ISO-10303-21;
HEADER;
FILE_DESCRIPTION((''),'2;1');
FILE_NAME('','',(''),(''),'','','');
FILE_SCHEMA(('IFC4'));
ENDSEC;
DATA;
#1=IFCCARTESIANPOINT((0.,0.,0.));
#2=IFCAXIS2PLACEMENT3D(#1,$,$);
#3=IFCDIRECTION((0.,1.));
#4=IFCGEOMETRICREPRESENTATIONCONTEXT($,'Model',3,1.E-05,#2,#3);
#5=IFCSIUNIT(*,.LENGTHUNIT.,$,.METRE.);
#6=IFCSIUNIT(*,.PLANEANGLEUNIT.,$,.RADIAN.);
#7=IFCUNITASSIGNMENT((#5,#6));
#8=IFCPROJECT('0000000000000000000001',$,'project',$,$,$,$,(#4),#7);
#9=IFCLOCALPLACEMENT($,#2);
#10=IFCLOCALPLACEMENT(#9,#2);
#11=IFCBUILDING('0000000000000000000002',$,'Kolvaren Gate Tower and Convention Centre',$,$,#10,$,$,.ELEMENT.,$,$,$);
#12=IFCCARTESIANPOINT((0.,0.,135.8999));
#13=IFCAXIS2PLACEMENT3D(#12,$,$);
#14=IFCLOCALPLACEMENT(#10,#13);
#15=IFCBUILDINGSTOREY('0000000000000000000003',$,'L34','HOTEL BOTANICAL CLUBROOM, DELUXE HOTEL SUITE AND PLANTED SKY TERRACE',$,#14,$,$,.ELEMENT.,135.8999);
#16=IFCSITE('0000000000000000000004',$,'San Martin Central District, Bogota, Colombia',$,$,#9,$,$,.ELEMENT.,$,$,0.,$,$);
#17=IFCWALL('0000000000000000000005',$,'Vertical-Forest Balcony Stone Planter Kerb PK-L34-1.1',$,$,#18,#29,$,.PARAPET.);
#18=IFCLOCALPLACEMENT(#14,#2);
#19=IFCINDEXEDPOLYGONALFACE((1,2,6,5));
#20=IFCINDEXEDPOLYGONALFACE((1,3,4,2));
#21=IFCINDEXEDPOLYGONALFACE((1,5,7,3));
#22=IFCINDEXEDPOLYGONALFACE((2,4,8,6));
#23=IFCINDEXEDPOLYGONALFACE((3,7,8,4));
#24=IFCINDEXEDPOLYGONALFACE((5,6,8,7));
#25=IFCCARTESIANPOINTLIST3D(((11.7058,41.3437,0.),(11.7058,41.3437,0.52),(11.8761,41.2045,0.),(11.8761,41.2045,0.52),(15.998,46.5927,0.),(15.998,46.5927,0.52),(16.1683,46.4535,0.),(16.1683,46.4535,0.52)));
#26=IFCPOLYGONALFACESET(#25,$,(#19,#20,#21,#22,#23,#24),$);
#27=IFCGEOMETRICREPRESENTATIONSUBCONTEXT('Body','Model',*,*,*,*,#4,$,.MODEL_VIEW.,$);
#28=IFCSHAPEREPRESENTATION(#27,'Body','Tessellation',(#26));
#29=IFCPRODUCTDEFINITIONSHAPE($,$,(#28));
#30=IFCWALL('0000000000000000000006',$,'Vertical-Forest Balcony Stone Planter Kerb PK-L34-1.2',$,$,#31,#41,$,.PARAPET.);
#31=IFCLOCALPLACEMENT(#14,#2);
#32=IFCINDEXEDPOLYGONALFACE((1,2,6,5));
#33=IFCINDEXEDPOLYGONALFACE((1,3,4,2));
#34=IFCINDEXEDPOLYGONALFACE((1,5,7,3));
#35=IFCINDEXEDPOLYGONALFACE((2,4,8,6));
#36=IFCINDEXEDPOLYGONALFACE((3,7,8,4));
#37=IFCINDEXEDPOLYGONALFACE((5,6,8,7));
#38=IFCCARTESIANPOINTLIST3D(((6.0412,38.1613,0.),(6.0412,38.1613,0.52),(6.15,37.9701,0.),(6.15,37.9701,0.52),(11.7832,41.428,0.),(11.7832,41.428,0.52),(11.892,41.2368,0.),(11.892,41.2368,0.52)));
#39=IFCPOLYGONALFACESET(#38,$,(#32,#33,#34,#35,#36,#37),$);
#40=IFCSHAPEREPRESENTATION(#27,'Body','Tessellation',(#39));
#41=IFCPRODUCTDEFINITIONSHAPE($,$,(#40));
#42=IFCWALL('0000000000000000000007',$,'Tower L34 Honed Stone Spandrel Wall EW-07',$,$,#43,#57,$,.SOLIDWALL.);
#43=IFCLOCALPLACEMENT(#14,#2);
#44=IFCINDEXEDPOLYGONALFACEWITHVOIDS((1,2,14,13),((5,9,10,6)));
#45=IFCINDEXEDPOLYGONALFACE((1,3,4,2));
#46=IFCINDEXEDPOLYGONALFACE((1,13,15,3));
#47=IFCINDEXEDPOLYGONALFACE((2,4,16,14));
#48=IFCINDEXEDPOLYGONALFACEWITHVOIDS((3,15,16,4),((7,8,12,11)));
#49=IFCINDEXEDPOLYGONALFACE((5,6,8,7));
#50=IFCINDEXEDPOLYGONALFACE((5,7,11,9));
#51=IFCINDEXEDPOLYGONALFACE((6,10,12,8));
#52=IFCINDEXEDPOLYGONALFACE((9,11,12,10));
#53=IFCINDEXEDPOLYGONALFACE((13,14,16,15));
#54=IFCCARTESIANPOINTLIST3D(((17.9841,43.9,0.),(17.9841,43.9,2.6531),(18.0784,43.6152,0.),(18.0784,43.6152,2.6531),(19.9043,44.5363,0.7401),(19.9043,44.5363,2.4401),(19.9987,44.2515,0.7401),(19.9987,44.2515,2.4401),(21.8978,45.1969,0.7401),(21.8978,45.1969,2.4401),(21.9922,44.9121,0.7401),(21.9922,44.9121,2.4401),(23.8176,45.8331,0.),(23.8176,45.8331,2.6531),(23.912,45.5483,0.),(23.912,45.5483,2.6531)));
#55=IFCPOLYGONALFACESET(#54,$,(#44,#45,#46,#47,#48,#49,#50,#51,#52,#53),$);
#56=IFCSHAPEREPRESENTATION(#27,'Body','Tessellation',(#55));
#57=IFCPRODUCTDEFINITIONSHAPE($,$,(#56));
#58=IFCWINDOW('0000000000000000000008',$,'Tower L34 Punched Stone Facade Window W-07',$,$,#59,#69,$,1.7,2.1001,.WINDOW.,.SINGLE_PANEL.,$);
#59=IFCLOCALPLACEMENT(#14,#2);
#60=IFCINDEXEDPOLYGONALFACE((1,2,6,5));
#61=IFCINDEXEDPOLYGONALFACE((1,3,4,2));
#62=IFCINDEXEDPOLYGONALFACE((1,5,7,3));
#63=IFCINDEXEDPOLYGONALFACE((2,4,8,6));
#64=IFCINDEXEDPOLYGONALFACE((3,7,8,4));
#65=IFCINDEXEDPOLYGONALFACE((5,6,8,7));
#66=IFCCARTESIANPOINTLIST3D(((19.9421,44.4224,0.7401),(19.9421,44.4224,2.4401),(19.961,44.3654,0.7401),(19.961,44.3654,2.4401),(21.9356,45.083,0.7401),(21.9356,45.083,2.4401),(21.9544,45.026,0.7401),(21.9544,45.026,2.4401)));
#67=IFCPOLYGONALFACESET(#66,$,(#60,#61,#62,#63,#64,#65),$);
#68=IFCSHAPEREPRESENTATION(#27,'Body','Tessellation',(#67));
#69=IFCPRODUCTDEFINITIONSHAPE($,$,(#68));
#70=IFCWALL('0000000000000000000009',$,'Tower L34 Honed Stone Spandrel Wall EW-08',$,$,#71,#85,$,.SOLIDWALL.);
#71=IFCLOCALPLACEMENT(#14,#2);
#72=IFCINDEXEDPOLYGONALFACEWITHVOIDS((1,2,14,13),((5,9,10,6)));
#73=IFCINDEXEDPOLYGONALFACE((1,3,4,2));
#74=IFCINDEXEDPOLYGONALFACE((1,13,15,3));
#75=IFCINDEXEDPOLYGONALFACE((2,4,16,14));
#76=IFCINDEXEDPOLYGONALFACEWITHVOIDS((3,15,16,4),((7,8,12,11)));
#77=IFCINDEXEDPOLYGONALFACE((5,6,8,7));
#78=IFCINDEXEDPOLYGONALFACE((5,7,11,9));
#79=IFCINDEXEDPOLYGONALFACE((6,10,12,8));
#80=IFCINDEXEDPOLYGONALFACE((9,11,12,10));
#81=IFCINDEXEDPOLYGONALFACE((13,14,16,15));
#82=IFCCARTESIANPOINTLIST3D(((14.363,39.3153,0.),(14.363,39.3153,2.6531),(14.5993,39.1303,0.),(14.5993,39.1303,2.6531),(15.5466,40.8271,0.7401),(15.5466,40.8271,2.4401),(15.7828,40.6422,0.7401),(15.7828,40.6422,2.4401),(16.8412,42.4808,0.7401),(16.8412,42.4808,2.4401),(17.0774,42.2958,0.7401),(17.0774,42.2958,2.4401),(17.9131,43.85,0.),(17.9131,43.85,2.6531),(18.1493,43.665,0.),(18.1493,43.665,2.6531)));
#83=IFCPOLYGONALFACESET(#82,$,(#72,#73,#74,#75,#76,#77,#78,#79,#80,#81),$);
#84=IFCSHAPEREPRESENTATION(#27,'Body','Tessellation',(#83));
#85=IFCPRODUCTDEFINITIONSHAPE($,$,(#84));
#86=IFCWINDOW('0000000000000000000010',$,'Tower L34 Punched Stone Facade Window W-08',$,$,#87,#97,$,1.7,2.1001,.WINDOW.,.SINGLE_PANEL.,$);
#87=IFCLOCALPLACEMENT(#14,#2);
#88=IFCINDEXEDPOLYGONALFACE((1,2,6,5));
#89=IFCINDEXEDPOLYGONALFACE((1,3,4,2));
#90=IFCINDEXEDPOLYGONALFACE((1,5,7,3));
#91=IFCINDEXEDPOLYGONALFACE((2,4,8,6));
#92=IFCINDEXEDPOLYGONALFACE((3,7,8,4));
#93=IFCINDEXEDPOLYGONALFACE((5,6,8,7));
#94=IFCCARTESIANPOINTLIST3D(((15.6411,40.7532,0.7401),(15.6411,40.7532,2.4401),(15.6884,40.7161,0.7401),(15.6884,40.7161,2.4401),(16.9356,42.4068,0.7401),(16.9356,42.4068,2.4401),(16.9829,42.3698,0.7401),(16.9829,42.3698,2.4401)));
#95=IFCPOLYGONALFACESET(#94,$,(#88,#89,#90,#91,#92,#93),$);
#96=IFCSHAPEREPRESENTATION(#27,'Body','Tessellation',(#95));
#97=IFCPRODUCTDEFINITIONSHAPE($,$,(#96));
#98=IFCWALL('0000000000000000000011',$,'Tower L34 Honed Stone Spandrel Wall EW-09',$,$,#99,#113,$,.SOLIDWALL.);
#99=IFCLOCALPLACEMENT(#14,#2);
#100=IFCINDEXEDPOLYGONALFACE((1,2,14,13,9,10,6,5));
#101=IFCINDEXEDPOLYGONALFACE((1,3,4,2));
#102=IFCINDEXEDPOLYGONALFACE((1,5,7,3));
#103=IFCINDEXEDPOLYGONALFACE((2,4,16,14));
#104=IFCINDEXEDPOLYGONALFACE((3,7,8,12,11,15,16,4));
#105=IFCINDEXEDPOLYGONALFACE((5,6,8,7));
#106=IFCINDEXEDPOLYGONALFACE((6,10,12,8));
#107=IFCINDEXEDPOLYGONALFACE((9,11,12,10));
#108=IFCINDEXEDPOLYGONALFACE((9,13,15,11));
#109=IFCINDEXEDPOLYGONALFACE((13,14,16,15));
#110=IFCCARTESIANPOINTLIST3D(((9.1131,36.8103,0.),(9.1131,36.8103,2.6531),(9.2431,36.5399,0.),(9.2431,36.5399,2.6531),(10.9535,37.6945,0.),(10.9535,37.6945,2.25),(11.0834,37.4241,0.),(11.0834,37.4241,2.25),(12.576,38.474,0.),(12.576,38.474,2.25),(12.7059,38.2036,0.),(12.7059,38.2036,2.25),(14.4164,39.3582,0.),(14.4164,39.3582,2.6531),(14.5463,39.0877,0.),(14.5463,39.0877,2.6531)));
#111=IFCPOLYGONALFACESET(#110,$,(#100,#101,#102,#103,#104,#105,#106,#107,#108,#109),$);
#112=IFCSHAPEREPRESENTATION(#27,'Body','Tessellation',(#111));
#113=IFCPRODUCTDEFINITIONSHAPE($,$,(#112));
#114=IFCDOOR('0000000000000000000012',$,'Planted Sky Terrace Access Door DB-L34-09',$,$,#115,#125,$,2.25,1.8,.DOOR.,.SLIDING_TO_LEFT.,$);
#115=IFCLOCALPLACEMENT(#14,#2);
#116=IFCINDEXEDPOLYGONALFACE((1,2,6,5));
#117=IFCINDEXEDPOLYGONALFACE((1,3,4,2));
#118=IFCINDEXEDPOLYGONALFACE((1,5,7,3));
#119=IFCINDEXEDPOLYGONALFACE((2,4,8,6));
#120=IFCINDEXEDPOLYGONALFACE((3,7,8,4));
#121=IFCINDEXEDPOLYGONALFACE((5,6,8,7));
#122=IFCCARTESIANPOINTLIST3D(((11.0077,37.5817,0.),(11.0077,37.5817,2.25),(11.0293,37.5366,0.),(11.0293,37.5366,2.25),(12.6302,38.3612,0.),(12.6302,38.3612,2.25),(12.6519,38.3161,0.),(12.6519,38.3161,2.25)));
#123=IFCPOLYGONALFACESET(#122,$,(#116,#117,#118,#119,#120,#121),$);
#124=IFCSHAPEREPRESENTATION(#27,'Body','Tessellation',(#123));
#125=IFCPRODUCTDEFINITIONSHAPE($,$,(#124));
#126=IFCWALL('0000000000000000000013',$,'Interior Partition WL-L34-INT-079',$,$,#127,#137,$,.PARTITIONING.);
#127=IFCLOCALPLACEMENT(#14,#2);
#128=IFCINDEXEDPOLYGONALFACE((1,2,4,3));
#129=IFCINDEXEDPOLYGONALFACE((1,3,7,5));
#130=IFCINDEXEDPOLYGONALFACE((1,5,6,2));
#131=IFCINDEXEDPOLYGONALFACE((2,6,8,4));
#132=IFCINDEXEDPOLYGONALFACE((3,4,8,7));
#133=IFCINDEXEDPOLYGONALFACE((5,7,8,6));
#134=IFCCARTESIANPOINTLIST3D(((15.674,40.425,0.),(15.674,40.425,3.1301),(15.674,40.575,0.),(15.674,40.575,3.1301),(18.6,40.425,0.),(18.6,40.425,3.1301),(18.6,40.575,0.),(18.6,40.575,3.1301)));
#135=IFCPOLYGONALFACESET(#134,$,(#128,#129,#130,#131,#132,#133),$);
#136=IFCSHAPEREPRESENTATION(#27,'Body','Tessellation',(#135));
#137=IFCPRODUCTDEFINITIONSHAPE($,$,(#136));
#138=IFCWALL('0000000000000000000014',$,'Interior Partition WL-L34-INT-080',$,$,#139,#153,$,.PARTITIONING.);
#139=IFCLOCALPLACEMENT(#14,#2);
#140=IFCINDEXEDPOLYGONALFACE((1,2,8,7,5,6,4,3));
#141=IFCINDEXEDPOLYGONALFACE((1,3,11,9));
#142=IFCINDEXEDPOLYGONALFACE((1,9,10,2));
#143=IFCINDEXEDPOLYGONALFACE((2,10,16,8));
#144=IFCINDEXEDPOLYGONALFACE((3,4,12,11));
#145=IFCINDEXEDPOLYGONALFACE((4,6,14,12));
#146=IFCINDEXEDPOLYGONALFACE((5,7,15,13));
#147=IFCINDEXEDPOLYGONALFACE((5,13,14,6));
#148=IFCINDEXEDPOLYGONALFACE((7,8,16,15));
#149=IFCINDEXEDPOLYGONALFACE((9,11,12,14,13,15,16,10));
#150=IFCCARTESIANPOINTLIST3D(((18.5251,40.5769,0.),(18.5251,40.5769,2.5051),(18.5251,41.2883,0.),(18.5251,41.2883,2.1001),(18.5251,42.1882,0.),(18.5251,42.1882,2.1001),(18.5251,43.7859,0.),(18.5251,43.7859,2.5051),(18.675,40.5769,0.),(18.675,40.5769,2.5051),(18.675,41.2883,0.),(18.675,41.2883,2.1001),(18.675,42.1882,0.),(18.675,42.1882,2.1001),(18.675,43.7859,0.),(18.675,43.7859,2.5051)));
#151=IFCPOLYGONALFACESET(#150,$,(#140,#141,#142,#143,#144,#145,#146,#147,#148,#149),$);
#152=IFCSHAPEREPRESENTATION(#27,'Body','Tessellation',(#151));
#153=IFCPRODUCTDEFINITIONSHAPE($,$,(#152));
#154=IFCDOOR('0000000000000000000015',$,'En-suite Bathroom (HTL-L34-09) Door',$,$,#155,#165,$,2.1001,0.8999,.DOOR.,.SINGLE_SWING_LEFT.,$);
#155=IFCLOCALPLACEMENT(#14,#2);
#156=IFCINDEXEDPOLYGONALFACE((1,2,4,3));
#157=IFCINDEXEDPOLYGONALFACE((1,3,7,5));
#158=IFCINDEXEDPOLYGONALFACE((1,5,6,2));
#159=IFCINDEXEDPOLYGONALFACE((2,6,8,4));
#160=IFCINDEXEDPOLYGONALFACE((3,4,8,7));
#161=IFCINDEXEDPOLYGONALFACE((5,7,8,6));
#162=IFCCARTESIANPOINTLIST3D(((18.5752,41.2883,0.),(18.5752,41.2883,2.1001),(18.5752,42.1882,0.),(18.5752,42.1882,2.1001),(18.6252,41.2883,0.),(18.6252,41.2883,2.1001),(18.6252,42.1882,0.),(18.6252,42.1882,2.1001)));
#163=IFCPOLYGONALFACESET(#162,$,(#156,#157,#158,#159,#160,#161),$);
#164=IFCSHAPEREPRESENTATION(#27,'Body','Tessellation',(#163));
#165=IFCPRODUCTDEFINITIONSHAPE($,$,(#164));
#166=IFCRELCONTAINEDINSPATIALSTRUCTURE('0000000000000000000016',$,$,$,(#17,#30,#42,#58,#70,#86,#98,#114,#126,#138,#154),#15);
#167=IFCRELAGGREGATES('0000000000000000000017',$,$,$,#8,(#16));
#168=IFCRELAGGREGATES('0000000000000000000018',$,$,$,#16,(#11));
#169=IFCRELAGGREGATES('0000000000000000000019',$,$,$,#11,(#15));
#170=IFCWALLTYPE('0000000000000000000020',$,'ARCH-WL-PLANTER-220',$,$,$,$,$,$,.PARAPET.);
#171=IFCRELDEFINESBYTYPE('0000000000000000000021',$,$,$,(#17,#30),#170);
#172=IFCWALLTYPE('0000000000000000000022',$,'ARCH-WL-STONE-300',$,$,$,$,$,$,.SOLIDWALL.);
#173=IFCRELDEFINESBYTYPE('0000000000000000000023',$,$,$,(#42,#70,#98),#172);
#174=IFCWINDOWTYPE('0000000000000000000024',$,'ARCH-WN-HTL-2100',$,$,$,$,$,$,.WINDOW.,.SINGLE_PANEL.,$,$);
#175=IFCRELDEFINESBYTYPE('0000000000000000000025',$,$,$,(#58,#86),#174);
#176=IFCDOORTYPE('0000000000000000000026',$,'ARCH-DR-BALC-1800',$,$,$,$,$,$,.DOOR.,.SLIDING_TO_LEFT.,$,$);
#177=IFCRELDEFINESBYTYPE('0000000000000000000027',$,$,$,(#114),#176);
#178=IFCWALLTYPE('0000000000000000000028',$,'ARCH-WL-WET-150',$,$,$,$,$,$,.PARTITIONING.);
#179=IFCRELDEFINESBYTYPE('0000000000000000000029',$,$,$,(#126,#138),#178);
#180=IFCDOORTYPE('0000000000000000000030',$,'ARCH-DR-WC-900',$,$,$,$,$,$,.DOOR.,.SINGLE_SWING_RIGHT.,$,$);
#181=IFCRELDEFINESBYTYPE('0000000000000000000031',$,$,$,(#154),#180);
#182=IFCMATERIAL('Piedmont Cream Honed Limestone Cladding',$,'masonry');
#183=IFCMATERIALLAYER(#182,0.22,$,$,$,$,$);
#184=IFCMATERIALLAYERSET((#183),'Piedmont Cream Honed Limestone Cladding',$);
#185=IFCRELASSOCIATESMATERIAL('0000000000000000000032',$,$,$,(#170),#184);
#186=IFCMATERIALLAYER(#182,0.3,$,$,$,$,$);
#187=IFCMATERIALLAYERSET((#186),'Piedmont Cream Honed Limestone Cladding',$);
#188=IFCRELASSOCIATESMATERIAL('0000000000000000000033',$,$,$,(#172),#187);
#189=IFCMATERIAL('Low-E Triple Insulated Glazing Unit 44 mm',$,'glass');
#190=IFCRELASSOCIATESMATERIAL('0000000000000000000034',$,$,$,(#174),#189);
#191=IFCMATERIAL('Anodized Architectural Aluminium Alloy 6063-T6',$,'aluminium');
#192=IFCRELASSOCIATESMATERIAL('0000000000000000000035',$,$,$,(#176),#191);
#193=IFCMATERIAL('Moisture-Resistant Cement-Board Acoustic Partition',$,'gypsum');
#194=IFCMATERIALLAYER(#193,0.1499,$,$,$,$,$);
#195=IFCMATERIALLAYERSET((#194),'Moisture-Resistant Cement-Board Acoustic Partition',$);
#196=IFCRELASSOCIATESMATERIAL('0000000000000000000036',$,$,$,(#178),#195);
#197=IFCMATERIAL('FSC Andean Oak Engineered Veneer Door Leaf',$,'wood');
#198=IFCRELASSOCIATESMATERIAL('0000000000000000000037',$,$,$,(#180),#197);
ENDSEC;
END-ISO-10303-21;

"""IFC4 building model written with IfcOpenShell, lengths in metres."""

from ifc_helpers import new_model, si_unit, direction, frame, frame_2d, origin, place, context, subcontext, project, spatial, rectangle, extrude, material, layer, layer_set, type_object, element, fill, save


model = new_model("IFC4")

# Units and contexts
model_context = context("Model", 3, precision=1e-05, world=origin(), true_north=direction((0.0, 1.0)))
body_context = subcontext(model_context, "Body", "Model", "MODEL_VIEW")
ifc_project = project(units=[si_unit("LENGTHUNIT", "METRE"), si_unit("PLANEANGLEUNIT", "RADIAN")], contexts=[model_context])

# Site, building, storey
site_placement = place(None, origin())
site = spatial("IfcSite", under=ifc_project, at=site_placement, Name="San Martin Central District, Bogota, Colombia", CompositionType="ELEMENT", RefElevation=0.0)
building_placement = place(site_placement, origin())
building = spatial("IfcBuilding", under=site, at=building_placement, Name="Kolvaren Gate Tower and Convention Centre", CompositionType="ELEMENT")
storey_placement = place(building_placement, frame((0.0, 0.0, 135.8999)))
storey = spatial("IfcBuildingStorey", under=building, at=storey_placement, Name="L34", Description="HOTEL BOTANICAL CLUBROOM, DELUXE HOTEL SUITE AND PLANTED SKY TERRACE", CompositionType="ELEMENT", Elevation=135.8999)

# Walls
ifc_material_1 = material(Name="Piedmont Cream Honed Limestone Cladding", Category="masonry")
ifc_layer_1 = layer(ifc_material_1, 0.22)
ifc_layer_set_1 = layer_set([ifc_layer_1], Name="Piedmont Cream Honed Limestone Cladding")
wall_type_1 = type_object("IfcWallType", Name="ARCH-WL-PLANTER-220", PredefinedType="PARAPET", material=ifc_layer_set_1)
wall_1_placement = place(storey_placement, frame((11.791, 41.2742, 0.0), z_axis=(0.0, 0.0, 1.0), x_axis=(0.633024, 0.774132, 0.0)))
element("IfcWall", 1, at=wall_1_placement, inside=storey, type_object=wall_type_1, Name="Vertical-Forest Balcony Stone Planter Kerb PK-L34-1.1", PredefinedType="PARAPET", context=body_context, shape_type="SweptSolid", body=[
    extrude(rectangle(XDim=6.7805, YDim=0.22, at=frame_2d((3.3901, 0.0))), origin(), (0.0, 0.0, 1.0), 0.52),
])
wall_2_placement = place(storey_placement, frame((6.0955, 38.0657, 0.0), z_axis=(0.0, 0.0, 1.0), x_axis=(0.869188, 0.494482, 0.0)))
element("IfcWall", 2, at=wall_2_placement, inside=storey, type_object=wall_type_1, Name="Vertical-Forest Balcony Stone Planter Kerb PK-L34-1.2", PredefinedType="PARAPET", context=body_context, shape_type="SweptSolid", body=[
    extrude(rectangle(XDim=6.6062, YDim=0.22, at=frame_2d((3.3032, 0.0))), origin(), (0.0, 0.0, 1.0), 0.52),
])

# Walls, openings, windows
ifc_layer_2 = layer(ifc_material_1, 0.3)
ifc_layer_set_2 = layer_set([ifc_layer_2], Name="Piedmont Cream Honed Limestone Cladding")
wall_type_2 = type_object("IfcWallType", Name="ARCH-WL-STONE-300", PredefinedType="SOLIDWALL", material=ifc_layer_set_2)
wall_3_placement = place(storey_placement, frame((18.0312, 43.7576, 0.0), z_axis=(0.0, 0.0, 1.0), x_axis=(0.949238, 0.314559, 0.0)))
wall_3 = element("IfcWall", 3, at=wall_3_placement, inside=storey, type_object=wall_type_2, Name="Tower L34 Honed Stone Spandrel Wall EW-07", PredefinedType="SOLIDWALL", context=body_context, shape_type="SweptSolid", body=[
    extrude(rectangle(XDim=6.1455, YDim=0.3, at=frame_2d((3.0728, 0.0))), origin(), (0.0, 0.0, 1.0), 2.6531),
])
opening_1_placement = place(wall_3_placement, frame((2.0229, 0.0, 0.74)))
opening_1 = element("IfcOpeningElement", 4, at=opening_1_placement, cuts=wall_3, PredefinedType="OPENING", context=body_context, shape_type="SweptSolid", body=[
    extrude(rectangle(XDim=2.1001, YDim=1.7, at=frame_2d((1.05, 0.8501))), frame((0.0, 0.1599, 0.0), z_axis=(0.0, -1.0, 0.0), x_axis=(1.0, 0.0, 0.0)), (0.0, 0.0, 1.0), 0.3201),
])
ifc_material_2 = material(Name="Low-E Triple Insulated Glazing Unit 44 mm", Category="glass")
window_type = type_object("IfcWindowType", Name="ARCH-WN-HTL-2100", PartitioningType="SINGLE_PANEL", PredefinedType="WINDOW", material=ifc_material_2)
window_1_placement = place(opening_1_placement, origin())
window_1 = element("IfcWindow", 5, at=window_1_placement, inside=storey, type_object=window_type, Name="Tower L34 Punched Stone Facade Window W-07", OverallHeight=1.7, OverallWidth=2.1001, PartitioningType="SINGLE_PANEL", PredefinedType="WINDOW", context=body_context, shape_type="SweptSolid", body=[
    extrude(rectangle(XDim=2.1001, YDim=1.7, at=frame_2d((1.05, 0.8501))), frame((0.0, 0.03, 0.0), z_axis=(0.0, -1.0, 0.0), x_axis=(1.0, 0.0, 0.0)), (0.0, 0.0, 1.0), 0.0601),
])
fill(opening_1, window_1)
wall_4_placement = place(storey_placement, frame((14.4812, 39.2229, 0.0), z_axis=(0.0, 0.0, 1.0), x_axis=(0.616435, 0.787406, 0.0)))
wall_4 = element("IfcWall", 6, at=wall_4_placement, inside=storey, type_object=wall_type_2, Name="Tower L34 Honed Stone Spandrel Wall EW-08", PredefinedType="SOLIDWALL", context=body_context, shape_type="SweptSolid", body=[
    extrude(rectangle(XDim=5.759, YDim=0.3, at=frame_2d((2.8794, 0.0))), origin(), (0.0, 0.0, 1.0), 2.6531),
])
opening_2_placement = place(wall_4_placement, frame((1.9199, 0.0, 0.74)))
opening_2 = element("IfcOpeningElement", 7, at=opening_2_placement, cuts=wall_4, PredefinedType="OPENING", context=body_context, shape_type="SweptSolid", body=[
    extrude(rectangle(XDim=2.1001, YDim=1.7, at=frame_2d((1.05, 0.8501))), frame((0.0, 0.1599, 0.0), z_axis=(0.0, -1.0, 0.0), x_axis=(1.0, 0.0, 0.0)), (0.0, 0.0, 1.0), 0.3201),
])
window_2_placement = place(opening_2_placement, origin())
window_2 = element("IfcWindow", 8, at=window_2_placement, inside=storey, type_object=window_type, Name="Tower L34 Punched Stone Facade Window W-08", OverallHeight=1.7, OverallWidth=2.1001, PartitioningType="SINGLE_PANEL", PredefinedType="WINDOW", context=body_context, shape_type="SweptSolid", body=[
    extrude(rectangle(XDim=2.1001, YDim=1.7, at=frame_2d((1.05, 0.8501))), frame((0.0, 0.03, 0.0), z_axis=(0.0, -1.0, 0.0), x_axis=(1.0, 0.0, 0.0)), (0.0, 0.0, 1.0), 0.0601),
])
fill(opening_2, window_2)

# Wall, opening, door
wall_5_placement = place(storey_placement, frame((9.178, 36.675, 0.0), z_axis=(0.0, 0.0, 1.0), x_axis=(0.90137, 0.433049, 0.0)))
wall_5 = element("IfcWall", 9, at=wall_5_placement, inside=storey, type_object=wall_type_2, Name="Tower L34 Honed Stone Spandrel Wall EW-09", PredefinedType="SOLIDWALL", context=body_context, shape_type="SweptSolid", body=[
    extrude(rectangle(XDim=5.8835, YDim=0.3, at=frame_2d((2.9419, 0.0))), origin(), (0.0, 0.0, 1.0), 2.6531),
])
opening_3_placement = place(wall_5_placement, frame((2.042, 0.0, 0.0)))
opening_3 = element("IfcOpeningElement", 10, at=opening_3_placement, cuts=wall_5, PredefinedType="OPENING", context=body_context, shape_type="SweptSolid", body=[
    extrude(rectangle(XDim=1.8, YDim=2.25, at=frame_2d((0.8999, 1.125))), frame((0.0, 0.1599, 0.0), z_axis=(0.0, -1.0, 0.0), x_axis=(1.0, 0.0, 0.0)), (0.0, 0.0, 1.0), 0.3201),
])
ifc_material_3 = material(Name="Anodized Architectural Aluminium Alloy 6063-T6", Category="aluminium")
door_type_1 = type_object("IfcDoorType", Name="ARCH-DR-BALC-1800", OperationType="SLIDING_TO_LEFT", PredefinedType="DOOR", material=ifc_material_3)
door_1_placement = place(opening_3_placement, origin())
door_1 = element("IfcDoor", 11, at=door_1_placement, inside=storey, type_object=door_type_1, Name="Planted Sky Terrace Access Door DB-L34-09", OperationType="SLIDING_TO_LEFT", OverallHeight=2.25, OverallWidth=1.8, PredefinedType="DOOR", context=body_context, shape_type="SweptSolid", body=[
    extrude(rectangle(XDim=1.8, YDim=2.25, at=frame_2d((0.8999, 1.125))), frame((0.0, 0.0249, 0.0), z_axis=(0.0, -1.0, 0.0), x_axis=(1.0, 0.0, 0.0)), (0.0, 0.0, 1.0), 0.05),
])
fill(opening_3, door_1)

# Wall
ifc_material_4 = material(Name="Moisture-Resistant Cement-Board Acoustic Partition", Category="gypsum")
ifc_layer_3 = layer(ifc_material_4, 0.1499)
ifc_layer_set_3 = layer_set([ifc_layer_3], Name="Moisture-Resistant Cement-Board Acoustic Partition")
wall_type_3 = type_object("IfcWallType", Name="ARCH-WL-WET-150", PredefinedType="PARTITIONING", material=ifc_layer_set_3)
wall_6_placement = place(storey_placement, frame((15.6741, 40.5, 0.0), z_axis=(0.0, 0.0, 1.0), x_axis=(1.0, 0.0, 0.0)))
element("IfcWall", 12, at=wall_6_placement, inside=storey, type_object=wall_type_3, Name="Interior Partition WL-L34-INT-079", PredefinedType="PARTITIONING", context=body_context, shape_type="SweptSolid", body=[
    extrude(rectangle(XDim=2.926, YDim=0.1499, at=frame_2d((1.4629, 0.0))), origin(), (0.0, 0.0, 1.0), 3.1301),
])

# Wall, opening, door
wall_7_placement = place(storey_placement, frame((18.6001, 40.5769, 0.0), z_axis=(0.0, 0.0, 1.0), x_axis=(0.0, 1.0, 0.0)))
wall_7 = element("IfcWall", 13, at=wall_7_placement, inside=storey, type_object=wall_type_3, Name="Interior Partition WL-L34-INT-080", PredefinedType="PARTITIONING", context=body_context, shape_type="SweptSolid", body=[
    extrude(rectangle(XDim=3.209, YDim=0.1499, at=frame_2d((1.6045, 0.0))), origin(), (0.0, 0.0, 1.0), 2.5051),
])
opening_4_placement = place(wall_7_placement, frame((0.7114, 0.0, 0.0)))
opening_4 = element("IfcOpeningElement", 14, at=opening_4_placement, cuts=wall_7, PredefinedType="OPENING", context=body_context, shape_type="SweptSolid", body=[
    extrude(rectangle(XDim=0.8999, YDim=2.1001, at=frame_2d((0.45, 1.05))), frame((0.0, 0.085, 0.0), z_axis=(0.0, -1.0, 0.0), x_axis=(1.0, 0.0, 0.0)), (0.0, 0.0, 1.0), 0.1699),
])
ifc_material_5 = material(Name="FSC Andean Oak Engineered Veneer Door Leaf", Category="wood")
door_type_2 = type_object("IfcDoorType", Name="ARCH-DR-WC-900", OperationType="SINGLE_SWING_RIGHT", PredefinedType="DOOR", material=ifc_material_5)
door_2_placement = place(opening_4_placement, origin())
door_2 = element("IfcDoor", 15, at=door_2_placement, inside=storey, type_object=door_type_2, Name="En-suite Bathroom (HTL-L34-09) Door", OperationType="SINGLE_SWING_LEFT", OverallHeight=2.1001, OverallWidth=0.8999, PredefinedType="DOOR", context=body_context, shape_type="SweptSolid", body=[
    extrude(rectangle(XDim=0.8999, YDim=2.1001, at=frame_2d((0.45, 1.05))), frame((0.0, 0.0249, 0.0), z_axis=(0.0, -1.0, 0.0), x_axis=(1.0, 0.0, 0.0)), (0.0, 0.0, 1.0), 0.05),
])
fill(opening_4, door_2)

save(model, "model.ifc")
